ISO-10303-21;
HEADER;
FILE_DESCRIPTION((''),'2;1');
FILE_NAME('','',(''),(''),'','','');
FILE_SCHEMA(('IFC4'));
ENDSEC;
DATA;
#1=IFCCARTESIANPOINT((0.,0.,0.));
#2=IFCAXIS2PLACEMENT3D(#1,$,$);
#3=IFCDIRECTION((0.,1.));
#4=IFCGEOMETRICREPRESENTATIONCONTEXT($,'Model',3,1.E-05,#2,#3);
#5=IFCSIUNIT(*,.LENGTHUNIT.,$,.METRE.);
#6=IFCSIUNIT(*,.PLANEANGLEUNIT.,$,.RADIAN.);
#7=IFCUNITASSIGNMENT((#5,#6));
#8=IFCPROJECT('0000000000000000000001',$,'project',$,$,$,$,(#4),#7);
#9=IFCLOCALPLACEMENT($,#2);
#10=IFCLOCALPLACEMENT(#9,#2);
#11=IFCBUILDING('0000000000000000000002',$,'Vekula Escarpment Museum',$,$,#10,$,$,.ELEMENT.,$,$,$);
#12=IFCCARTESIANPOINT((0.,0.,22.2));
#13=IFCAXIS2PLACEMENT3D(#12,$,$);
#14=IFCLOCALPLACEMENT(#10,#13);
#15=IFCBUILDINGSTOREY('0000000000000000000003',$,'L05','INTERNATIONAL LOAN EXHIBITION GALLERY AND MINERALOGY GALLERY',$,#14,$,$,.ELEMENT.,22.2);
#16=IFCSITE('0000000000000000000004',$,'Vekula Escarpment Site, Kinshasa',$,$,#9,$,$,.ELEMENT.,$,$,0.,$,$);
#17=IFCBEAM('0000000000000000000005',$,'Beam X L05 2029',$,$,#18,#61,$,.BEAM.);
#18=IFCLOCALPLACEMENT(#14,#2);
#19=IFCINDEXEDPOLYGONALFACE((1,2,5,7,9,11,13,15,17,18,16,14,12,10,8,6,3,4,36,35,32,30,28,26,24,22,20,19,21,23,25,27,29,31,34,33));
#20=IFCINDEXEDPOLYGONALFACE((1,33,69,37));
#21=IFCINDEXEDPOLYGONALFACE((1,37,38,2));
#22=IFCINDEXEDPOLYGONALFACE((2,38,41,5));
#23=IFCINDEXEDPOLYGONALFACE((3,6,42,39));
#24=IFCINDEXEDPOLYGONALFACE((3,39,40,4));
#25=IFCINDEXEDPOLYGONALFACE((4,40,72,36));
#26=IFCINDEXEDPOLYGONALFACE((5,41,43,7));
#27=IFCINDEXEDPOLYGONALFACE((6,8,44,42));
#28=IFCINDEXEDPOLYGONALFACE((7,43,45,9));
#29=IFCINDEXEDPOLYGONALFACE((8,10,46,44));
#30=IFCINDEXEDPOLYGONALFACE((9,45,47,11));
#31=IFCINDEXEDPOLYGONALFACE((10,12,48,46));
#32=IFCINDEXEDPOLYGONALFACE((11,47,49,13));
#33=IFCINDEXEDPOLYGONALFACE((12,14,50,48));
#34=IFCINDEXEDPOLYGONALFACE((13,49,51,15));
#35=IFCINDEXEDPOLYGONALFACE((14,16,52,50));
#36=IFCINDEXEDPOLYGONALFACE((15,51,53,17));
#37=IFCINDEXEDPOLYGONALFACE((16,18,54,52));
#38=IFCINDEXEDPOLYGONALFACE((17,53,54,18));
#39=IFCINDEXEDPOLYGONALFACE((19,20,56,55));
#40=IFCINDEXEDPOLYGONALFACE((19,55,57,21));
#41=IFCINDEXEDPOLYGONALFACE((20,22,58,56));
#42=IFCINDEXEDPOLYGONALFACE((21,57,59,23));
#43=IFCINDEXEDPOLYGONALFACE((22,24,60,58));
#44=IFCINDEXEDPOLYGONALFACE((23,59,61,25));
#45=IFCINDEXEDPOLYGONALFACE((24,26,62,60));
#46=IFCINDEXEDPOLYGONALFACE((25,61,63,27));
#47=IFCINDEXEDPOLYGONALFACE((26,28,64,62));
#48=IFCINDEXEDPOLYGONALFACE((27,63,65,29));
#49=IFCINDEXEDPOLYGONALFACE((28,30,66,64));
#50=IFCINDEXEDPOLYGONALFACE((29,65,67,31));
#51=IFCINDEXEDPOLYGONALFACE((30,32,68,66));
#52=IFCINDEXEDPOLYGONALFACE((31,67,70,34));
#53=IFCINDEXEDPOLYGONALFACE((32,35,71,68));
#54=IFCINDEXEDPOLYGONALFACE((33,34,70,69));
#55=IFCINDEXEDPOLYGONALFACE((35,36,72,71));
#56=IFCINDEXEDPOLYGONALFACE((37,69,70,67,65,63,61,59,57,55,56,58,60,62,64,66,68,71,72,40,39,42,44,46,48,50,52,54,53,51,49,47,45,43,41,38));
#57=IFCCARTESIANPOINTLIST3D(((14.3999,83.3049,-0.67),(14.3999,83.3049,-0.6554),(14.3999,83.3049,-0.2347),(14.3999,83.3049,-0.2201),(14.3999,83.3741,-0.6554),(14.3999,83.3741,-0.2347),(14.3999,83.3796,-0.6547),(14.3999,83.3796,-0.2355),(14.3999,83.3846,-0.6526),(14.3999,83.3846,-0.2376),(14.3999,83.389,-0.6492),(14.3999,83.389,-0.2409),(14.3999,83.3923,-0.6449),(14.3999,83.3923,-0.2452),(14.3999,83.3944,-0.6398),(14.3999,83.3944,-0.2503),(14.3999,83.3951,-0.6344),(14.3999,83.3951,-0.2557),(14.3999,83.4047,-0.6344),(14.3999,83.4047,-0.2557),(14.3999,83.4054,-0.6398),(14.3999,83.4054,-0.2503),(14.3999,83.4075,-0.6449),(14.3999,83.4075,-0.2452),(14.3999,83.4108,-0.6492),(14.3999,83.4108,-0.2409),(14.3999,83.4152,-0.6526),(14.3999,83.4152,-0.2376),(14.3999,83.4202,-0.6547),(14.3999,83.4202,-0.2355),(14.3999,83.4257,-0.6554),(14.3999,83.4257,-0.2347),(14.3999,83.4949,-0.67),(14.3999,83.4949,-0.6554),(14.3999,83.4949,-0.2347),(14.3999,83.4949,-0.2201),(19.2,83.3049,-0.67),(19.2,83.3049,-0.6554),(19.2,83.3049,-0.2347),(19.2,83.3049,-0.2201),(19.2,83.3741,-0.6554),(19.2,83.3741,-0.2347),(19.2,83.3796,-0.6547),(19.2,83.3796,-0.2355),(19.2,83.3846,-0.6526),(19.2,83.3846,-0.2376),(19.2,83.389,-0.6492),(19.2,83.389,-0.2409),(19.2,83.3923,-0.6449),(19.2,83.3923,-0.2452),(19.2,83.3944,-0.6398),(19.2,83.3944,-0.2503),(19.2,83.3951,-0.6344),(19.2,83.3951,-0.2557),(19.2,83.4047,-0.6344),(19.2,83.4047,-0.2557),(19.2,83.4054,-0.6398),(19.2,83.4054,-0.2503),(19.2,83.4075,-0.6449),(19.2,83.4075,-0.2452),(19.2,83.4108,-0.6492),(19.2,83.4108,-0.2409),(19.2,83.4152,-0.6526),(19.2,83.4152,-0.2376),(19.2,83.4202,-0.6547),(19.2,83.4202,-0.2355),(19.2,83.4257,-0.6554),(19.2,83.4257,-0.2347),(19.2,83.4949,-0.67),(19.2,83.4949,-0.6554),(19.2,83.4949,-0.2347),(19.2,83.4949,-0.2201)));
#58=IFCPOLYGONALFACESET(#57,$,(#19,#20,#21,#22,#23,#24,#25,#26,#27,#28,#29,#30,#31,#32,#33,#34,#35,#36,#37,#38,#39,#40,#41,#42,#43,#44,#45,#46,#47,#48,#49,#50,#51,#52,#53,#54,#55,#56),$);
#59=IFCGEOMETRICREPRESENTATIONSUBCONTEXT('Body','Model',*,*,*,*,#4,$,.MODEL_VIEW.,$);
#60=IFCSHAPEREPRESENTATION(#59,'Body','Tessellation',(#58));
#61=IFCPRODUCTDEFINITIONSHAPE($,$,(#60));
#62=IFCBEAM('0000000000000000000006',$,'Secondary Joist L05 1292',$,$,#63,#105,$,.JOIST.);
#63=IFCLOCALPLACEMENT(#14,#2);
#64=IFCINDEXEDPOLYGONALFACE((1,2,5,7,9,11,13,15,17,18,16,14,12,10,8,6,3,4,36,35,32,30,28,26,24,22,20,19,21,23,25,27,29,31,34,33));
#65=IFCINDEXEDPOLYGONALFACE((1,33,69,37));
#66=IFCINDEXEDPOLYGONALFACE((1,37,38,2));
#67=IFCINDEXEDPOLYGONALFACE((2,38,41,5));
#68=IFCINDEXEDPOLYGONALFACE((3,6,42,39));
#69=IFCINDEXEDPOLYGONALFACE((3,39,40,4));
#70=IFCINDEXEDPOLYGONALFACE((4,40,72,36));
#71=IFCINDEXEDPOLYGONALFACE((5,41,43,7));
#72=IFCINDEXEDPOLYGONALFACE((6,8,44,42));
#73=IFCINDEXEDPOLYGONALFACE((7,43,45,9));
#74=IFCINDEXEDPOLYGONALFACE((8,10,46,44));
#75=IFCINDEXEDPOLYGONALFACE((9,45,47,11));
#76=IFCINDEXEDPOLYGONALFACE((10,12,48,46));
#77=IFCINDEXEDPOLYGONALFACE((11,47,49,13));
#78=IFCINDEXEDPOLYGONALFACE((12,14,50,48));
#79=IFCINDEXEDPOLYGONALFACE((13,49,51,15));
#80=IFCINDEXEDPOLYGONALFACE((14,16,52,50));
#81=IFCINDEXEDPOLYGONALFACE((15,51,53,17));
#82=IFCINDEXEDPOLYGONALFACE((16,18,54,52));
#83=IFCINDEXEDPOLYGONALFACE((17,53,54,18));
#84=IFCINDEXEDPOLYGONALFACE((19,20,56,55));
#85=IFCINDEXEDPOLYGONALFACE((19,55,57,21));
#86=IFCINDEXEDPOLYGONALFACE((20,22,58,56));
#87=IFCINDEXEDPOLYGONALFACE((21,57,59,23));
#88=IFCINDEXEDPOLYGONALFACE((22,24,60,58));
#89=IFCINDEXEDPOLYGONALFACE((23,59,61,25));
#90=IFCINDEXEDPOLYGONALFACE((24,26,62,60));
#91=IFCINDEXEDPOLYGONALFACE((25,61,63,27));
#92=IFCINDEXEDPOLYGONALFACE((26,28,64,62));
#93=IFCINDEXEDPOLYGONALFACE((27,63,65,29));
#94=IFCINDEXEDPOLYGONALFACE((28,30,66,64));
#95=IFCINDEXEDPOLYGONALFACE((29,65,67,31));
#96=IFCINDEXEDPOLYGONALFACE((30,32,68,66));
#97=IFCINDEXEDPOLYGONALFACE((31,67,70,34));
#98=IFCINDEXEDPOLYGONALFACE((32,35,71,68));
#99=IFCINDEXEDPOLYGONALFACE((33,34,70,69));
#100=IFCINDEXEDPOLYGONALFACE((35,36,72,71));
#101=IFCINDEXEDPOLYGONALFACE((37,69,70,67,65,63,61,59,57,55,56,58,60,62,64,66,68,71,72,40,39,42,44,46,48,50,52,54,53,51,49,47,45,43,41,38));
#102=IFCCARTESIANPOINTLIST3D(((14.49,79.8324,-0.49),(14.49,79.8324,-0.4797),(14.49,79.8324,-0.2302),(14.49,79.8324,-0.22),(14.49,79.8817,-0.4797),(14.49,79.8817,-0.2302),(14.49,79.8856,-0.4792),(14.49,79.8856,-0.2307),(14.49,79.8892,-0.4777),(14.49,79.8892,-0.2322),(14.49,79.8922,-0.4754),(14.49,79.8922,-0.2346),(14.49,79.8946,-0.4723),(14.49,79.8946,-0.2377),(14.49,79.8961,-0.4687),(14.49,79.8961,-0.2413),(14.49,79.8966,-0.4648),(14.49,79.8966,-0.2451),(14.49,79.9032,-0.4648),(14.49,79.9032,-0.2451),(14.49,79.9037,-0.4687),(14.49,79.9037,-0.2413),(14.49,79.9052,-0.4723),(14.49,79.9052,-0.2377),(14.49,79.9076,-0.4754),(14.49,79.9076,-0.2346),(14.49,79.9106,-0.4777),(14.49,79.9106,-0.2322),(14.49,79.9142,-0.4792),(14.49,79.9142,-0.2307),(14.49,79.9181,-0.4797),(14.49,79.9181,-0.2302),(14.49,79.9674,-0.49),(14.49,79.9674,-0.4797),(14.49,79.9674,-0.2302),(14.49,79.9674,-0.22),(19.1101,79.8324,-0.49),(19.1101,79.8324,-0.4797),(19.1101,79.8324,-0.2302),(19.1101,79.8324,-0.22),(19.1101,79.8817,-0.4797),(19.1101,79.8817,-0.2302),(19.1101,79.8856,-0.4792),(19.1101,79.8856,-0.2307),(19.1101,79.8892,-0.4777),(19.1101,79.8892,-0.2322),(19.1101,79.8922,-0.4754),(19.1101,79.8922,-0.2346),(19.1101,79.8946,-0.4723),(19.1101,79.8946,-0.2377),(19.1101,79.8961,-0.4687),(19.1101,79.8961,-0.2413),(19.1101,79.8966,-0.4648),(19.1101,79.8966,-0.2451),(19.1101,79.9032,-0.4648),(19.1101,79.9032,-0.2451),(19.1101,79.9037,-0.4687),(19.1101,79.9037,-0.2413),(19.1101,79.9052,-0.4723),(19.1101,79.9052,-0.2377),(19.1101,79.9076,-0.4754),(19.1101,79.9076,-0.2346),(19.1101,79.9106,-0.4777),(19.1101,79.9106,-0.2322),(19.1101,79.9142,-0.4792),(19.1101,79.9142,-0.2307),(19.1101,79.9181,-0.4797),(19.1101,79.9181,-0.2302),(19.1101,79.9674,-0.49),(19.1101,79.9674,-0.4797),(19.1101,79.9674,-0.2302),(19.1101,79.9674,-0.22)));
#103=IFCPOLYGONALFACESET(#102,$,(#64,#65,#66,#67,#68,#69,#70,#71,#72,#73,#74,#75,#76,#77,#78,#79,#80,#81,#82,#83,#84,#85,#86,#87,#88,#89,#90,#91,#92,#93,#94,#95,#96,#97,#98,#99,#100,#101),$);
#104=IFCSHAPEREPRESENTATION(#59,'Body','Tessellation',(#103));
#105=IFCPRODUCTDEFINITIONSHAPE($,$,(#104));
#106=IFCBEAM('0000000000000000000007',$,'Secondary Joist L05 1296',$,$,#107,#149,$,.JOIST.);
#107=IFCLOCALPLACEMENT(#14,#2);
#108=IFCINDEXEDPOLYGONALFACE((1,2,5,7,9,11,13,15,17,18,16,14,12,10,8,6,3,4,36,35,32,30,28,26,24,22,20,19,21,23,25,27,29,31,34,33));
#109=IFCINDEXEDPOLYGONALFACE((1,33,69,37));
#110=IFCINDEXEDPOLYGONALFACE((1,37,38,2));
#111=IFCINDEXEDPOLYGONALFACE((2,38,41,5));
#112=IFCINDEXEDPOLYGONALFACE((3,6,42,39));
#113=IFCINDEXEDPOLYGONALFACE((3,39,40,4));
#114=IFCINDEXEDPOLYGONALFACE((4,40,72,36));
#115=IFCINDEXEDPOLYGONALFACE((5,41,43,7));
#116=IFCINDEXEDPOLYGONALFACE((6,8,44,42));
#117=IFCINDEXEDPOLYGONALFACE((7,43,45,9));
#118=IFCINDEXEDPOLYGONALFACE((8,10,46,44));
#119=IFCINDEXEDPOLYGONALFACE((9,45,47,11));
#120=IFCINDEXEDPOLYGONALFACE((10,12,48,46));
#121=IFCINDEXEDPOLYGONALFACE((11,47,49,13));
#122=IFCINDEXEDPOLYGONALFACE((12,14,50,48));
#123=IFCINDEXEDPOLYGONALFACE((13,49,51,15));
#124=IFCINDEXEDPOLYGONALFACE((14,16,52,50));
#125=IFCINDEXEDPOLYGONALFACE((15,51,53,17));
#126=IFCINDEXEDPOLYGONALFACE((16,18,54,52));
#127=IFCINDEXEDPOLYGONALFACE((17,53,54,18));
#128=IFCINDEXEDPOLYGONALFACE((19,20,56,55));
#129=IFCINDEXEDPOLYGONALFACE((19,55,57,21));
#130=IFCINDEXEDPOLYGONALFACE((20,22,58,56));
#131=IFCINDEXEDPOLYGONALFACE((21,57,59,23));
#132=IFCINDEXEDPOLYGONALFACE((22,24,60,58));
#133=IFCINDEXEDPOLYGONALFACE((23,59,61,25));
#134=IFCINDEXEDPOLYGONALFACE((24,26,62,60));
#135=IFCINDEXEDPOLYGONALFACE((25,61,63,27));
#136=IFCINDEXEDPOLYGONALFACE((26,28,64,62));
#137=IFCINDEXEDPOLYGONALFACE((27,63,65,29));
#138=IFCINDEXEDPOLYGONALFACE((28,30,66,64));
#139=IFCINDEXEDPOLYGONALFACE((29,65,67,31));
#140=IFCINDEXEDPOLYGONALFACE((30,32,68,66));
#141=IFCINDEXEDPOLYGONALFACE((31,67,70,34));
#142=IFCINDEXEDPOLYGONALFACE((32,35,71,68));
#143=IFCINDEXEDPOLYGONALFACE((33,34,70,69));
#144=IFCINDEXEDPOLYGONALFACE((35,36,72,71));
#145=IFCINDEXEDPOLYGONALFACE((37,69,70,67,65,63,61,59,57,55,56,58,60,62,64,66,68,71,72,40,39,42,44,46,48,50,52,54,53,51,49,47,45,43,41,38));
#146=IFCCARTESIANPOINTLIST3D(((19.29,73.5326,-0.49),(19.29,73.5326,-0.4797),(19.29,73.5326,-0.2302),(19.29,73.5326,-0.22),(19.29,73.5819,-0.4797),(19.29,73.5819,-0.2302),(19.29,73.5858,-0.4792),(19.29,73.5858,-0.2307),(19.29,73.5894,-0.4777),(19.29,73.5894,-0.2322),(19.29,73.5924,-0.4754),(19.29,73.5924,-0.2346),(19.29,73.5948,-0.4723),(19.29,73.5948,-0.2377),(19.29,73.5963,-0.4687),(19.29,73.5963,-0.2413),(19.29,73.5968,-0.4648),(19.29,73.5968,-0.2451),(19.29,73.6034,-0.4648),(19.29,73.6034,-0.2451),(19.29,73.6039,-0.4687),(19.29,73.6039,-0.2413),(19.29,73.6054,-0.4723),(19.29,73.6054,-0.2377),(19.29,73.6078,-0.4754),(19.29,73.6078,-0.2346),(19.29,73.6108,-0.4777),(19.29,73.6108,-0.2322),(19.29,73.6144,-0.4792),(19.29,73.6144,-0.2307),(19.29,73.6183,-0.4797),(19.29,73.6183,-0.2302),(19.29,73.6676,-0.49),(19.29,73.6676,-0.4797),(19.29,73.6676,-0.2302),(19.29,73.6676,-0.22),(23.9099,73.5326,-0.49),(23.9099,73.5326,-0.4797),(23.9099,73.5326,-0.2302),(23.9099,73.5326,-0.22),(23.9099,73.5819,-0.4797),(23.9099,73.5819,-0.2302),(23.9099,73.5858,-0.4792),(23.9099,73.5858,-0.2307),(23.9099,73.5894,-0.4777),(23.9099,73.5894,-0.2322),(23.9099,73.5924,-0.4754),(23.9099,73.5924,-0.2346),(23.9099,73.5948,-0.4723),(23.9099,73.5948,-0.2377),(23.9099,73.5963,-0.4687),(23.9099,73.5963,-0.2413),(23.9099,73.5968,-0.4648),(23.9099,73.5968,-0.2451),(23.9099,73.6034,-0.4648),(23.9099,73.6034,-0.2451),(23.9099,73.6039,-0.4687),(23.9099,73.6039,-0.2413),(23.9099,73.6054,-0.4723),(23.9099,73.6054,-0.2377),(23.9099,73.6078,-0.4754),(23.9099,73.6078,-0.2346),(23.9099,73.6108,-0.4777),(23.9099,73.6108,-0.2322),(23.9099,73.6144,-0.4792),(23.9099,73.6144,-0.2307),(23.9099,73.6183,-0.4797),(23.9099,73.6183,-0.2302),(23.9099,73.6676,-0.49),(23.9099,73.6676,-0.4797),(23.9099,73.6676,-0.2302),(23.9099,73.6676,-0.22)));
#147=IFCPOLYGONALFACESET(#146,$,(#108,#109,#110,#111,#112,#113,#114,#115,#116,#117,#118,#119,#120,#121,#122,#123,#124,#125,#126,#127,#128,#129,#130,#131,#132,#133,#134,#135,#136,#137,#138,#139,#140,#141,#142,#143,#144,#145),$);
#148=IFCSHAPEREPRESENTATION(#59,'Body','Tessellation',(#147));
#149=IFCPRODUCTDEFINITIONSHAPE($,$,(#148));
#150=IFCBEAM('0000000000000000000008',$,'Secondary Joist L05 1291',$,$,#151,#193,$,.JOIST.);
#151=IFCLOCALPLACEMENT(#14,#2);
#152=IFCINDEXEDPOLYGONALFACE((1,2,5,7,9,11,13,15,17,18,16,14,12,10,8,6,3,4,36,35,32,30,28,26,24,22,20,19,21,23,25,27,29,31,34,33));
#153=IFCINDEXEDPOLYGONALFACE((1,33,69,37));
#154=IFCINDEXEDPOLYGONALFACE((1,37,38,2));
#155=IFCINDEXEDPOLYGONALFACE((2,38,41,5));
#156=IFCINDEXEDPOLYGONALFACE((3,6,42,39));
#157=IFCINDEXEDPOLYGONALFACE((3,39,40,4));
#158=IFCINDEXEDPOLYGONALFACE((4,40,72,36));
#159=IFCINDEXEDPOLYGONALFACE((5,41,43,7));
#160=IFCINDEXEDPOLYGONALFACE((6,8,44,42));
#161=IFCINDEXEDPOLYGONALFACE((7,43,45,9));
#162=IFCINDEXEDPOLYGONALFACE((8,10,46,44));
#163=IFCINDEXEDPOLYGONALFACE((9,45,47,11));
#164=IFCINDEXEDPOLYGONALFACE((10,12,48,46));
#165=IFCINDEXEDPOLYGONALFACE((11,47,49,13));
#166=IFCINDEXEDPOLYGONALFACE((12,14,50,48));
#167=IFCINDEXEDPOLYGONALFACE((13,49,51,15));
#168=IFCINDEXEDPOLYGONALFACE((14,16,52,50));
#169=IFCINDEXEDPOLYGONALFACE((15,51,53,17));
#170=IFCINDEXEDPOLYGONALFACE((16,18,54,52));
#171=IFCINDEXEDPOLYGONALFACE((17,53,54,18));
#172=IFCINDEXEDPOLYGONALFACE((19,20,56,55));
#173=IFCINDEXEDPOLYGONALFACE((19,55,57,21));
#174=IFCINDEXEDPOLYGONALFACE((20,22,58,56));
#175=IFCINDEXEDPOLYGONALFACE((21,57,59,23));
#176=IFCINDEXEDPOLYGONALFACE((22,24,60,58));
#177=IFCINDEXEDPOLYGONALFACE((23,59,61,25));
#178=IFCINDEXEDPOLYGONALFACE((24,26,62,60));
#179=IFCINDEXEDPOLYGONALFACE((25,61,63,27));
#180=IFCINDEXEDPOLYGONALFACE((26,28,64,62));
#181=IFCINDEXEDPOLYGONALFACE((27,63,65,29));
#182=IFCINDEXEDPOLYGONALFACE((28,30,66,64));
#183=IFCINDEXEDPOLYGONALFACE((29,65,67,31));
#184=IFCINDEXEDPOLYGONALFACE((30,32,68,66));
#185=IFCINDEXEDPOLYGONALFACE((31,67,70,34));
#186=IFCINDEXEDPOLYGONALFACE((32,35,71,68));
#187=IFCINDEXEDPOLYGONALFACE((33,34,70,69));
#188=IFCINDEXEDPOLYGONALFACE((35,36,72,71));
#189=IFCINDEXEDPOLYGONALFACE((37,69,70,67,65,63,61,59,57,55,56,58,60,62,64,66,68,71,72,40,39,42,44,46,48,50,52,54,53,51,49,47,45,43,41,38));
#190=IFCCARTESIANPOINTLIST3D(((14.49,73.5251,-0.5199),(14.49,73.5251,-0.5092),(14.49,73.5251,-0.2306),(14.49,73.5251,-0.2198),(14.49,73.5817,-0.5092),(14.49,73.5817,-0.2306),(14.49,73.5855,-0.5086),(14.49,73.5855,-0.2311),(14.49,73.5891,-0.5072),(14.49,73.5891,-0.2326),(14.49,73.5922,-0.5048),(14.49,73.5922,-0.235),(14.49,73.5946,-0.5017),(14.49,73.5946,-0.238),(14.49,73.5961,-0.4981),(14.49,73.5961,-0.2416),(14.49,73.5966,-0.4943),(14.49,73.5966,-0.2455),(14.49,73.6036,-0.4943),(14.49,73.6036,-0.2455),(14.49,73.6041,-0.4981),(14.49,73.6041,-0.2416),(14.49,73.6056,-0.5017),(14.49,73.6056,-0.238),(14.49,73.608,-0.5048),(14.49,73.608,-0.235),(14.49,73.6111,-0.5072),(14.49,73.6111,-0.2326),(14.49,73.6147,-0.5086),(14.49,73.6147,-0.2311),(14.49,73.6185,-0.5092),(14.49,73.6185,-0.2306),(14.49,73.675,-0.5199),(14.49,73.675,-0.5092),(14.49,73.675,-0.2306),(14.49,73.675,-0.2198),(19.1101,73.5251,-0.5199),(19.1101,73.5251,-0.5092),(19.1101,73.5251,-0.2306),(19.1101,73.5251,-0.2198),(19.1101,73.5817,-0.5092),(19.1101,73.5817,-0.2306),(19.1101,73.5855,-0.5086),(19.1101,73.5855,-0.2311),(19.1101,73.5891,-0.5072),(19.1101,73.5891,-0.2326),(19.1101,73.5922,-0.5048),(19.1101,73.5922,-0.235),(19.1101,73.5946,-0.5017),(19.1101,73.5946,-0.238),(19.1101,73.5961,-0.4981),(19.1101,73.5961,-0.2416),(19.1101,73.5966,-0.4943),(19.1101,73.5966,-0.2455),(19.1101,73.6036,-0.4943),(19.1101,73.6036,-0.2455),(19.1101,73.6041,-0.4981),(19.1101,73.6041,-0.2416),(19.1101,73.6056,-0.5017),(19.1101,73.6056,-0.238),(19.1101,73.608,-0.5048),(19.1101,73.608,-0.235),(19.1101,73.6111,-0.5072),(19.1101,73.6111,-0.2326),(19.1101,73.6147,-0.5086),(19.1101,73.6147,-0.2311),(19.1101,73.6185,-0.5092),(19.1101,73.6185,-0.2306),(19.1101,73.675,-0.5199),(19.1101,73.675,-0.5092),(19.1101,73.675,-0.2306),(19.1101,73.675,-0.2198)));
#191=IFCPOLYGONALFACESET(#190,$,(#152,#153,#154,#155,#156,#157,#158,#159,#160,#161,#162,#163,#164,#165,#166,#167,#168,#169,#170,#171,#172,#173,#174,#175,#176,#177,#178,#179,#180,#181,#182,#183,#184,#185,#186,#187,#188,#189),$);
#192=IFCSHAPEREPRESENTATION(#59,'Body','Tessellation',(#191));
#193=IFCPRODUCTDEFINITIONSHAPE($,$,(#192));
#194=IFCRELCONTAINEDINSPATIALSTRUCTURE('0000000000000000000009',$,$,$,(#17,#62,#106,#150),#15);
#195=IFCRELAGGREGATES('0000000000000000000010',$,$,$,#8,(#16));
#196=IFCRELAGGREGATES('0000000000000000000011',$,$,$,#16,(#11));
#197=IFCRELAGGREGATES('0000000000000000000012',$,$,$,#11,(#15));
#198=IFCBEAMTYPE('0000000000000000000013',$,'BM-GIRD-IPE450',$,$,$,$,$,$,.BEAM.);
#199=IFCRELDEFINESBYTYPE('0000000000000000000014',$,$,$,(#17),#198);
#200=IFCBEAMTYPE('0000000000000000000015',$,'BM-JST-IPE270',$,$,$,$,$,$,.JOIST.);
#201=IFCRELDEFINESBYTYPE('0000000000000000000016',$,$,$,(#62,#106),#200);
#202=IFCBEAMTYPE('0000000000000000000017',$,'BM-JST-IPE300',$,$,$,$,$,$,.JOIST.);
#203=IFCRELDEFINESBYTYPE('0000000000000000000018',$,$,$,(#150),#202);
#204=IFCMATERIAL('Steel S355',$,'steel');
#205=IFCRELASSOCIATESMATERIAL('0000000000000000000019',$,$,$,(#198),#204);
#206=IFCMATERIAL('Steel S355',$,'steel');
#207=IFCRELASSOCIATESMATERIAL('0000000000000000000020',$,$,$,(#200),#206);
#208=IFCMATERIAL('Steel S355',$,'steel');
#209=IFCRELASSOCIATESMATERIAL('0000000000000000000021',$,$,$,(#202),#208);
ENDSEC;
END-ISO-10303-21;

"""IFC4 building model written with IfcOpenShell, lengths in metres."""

from ifc_helpers import new_model, si_unit, direction, frame, origin, origin_2d, place, context, subcontext, project, spatial, i_section, extrude, material, material_profile, profile_set, type_object, element, save


model = new_model("IFC4")

# Units and contexts
model_context = context("Model", 3, precision=1e-05, world=origin(), true_north=direction((0.0, 1.0)))
body_context = subcontext(model_context, "Body", "Model", "MODEL_VIEW")
ifc_project = project(units=[si_unit("LENGTHUNIT", "METRE"), si_unit("PLANEANGLEUNIT", "RADIAN")], contexts=[model_context])

# Site, building, storey
site_placement = place(None, origin())
site = spatial("IfcSite", under=ifc_project, at=site_placement, Name="Vekula Escarpment Site, Kinshasa", CompositionType="ELEMENT", RefElevation=0.0)
building_placement = place(site_placement, origin())
building = spatial("IfcBuilding", under=site, at=building_placement, Name="Vekula Escarpment Museum", CompositionType="ELEMENT")
storey_placement = place(building_placement, frame((0.0, 0.0, 22.2)))
storey = spatial("IfcBuildingStorey", under=building, at=storey_placement, Name="L05", Description="INTERNATIONAL LOAN EXHIBITION GALLERY AND MINERALOGY GALLERY", CompositionType="ELEMENT", Elevation=22.2)

# Beams
ifc_material_1 = material(Name="Steel S355", Category="steel")
ifc_material_profile_1 = material_profile(ifc_material_1, i_section(OverallWidth=0.1899, OverallDepth=0.45, WebThickness=0.0095, FlangeThickness=0.0146, FilletRadius=0.021, at=origin_2d()), Name="IPE 450")
ifc_profile_set_1 = profile_set([ifc_material_profile_1], Name="Steel S355")
beam_type_1 = type_object("IfcBeamType", Name="BM-GIRD-IPE450", PredefinedType="BEAM", material=ifc_profile_set_1)
beam_1_placement = place(storey_placement, frame((14.3999, 83.3999, -0.4451), z_axis=(1.0, 0.0, 0.0), x_axis=(0.0, 1.0, 0.0)))
element("IfcBeam", 1, at=beam_1_placement, inside=storey, type_object=beam_type_1, Name="Beam X L05 2029", PredefinedType="BEAM", context=body_context, shape_type="SweptSolid", body=[
    extrude(i_section(OverallWidth=0.1899, OverallDepth=0.45, WebThickness=0.0095, FlangeThickness=0.0146, FilletRadius=0.021, at=origin_2d()), origin(), (0.0, 0.0, 1.0), 4.8),
])
ifc_material_2 = material(Name="Steel S355", Category="steel")
ifc_material_profile_2 = material_profile(ifc_material_2, i_section(OverallWidth=0.135, OverallDepth=0.27, WebThickness=0.0066, FlangeThickness=0.0103, FilletRadius=0.0149, at=origin_2d()), Name="IPE 270")
ifc_profile_set_2 = profile_set([ifc_material_profile_2], Name="Steel S355")
beam_type_2 = type_object("IfcBeamType", Name="BM-JST-IPE270", PredefinedType="JOIST", material=ifc_profile_set_2)
beam_2_placement = place(storey_placement, frame((14.49, 79.8999, -0.355), z_axis=(1.0, 0.0, 0.0), x_axis=(0.0, 1.0, 0.0)))
element("IfcBeam", 2, at=beam_2_placement, inside=storey, type_object=beam_type_2, Name="Secondary Joist L05 1292", PredefinedType="JOIST", context=body_context, shape_type="SweptSolid", body=[
    extrude(i_section(OverallWidth=0.135, OverallDepth=0.27, WebThickness=0.0066, FlangeThickness=0.0103, FilletRadius=0.0149, at=origin_2d()), origin(), (0.0, 0.0, 1.0), 4.6201),
])
beam_3_placement = place(storey_placement, frame((19.29, 73.6001, -0.355), z_axis=(1.0, 0.0, 0.0), x_axis=(0.0, 1.0, 0.0)))
element("IfcBeam", 3, at=beam_3_placement, inside=storey, type_object=beam_type_2, Name="Secondary Joist L05 1296", PredefinedType="JOIST", context=body_context, shape_type="SweptSolid", body=[
    extrude(i_section(OverallWidth=0.135, OverallDepth=0.27, WebThickness=0.0066, FlangeThickness=0.0103, FilletRadius=0.0149, at=origin_2d()), origin(), (0.0, 0.0, 1.0), 4.6199),
])
ifc_material_3 = material(Name="Steel S355", Category="steel")
ifc_material_profile_3 = material_profile(ifc_material_3, i_section(OverallWidth=0.1499, OverallDepth=0.3, WebThickness=0.0071, FlangeThickness=0.0107, FilletRadius=0.0149, at=origin_2d()), Name="IPE 300")
ifc_profile_set_3 = profile_set([ifc_material_profile_3], Name="Steel S355")
beam_type_3 = type_object("IfcBeamType", Name="BM-JST-IPE300", PredefinedType="JOIST", material=ifc_profile_set_3)
beam_4_placement = place(storey_placement, frame((14.49, 73.6001, -0.3699), z_axis=(1.0, 0.0, 0.0), x_axis=(0.0, 1.0, 0.0)))
element("IfcBeam", 4, at=beam_4_placement, inside=storey, type_object=beam_type_3, Name="Secondary Joist L05 1291", PredefinedType="JOIST", context=body_context, shape_type="SweptSolid", body=[
    extrude(i_section(OverallWidth=0.1499, OverallDepth=0.3, WebThickness=0.0071, FlangeThickness=0.0107, FilletRadius=0.0149, at=origin_2d()), origin(), (0.0, 0.0, 1.0), 4.6201),
])

save(model, "model.ifc")
